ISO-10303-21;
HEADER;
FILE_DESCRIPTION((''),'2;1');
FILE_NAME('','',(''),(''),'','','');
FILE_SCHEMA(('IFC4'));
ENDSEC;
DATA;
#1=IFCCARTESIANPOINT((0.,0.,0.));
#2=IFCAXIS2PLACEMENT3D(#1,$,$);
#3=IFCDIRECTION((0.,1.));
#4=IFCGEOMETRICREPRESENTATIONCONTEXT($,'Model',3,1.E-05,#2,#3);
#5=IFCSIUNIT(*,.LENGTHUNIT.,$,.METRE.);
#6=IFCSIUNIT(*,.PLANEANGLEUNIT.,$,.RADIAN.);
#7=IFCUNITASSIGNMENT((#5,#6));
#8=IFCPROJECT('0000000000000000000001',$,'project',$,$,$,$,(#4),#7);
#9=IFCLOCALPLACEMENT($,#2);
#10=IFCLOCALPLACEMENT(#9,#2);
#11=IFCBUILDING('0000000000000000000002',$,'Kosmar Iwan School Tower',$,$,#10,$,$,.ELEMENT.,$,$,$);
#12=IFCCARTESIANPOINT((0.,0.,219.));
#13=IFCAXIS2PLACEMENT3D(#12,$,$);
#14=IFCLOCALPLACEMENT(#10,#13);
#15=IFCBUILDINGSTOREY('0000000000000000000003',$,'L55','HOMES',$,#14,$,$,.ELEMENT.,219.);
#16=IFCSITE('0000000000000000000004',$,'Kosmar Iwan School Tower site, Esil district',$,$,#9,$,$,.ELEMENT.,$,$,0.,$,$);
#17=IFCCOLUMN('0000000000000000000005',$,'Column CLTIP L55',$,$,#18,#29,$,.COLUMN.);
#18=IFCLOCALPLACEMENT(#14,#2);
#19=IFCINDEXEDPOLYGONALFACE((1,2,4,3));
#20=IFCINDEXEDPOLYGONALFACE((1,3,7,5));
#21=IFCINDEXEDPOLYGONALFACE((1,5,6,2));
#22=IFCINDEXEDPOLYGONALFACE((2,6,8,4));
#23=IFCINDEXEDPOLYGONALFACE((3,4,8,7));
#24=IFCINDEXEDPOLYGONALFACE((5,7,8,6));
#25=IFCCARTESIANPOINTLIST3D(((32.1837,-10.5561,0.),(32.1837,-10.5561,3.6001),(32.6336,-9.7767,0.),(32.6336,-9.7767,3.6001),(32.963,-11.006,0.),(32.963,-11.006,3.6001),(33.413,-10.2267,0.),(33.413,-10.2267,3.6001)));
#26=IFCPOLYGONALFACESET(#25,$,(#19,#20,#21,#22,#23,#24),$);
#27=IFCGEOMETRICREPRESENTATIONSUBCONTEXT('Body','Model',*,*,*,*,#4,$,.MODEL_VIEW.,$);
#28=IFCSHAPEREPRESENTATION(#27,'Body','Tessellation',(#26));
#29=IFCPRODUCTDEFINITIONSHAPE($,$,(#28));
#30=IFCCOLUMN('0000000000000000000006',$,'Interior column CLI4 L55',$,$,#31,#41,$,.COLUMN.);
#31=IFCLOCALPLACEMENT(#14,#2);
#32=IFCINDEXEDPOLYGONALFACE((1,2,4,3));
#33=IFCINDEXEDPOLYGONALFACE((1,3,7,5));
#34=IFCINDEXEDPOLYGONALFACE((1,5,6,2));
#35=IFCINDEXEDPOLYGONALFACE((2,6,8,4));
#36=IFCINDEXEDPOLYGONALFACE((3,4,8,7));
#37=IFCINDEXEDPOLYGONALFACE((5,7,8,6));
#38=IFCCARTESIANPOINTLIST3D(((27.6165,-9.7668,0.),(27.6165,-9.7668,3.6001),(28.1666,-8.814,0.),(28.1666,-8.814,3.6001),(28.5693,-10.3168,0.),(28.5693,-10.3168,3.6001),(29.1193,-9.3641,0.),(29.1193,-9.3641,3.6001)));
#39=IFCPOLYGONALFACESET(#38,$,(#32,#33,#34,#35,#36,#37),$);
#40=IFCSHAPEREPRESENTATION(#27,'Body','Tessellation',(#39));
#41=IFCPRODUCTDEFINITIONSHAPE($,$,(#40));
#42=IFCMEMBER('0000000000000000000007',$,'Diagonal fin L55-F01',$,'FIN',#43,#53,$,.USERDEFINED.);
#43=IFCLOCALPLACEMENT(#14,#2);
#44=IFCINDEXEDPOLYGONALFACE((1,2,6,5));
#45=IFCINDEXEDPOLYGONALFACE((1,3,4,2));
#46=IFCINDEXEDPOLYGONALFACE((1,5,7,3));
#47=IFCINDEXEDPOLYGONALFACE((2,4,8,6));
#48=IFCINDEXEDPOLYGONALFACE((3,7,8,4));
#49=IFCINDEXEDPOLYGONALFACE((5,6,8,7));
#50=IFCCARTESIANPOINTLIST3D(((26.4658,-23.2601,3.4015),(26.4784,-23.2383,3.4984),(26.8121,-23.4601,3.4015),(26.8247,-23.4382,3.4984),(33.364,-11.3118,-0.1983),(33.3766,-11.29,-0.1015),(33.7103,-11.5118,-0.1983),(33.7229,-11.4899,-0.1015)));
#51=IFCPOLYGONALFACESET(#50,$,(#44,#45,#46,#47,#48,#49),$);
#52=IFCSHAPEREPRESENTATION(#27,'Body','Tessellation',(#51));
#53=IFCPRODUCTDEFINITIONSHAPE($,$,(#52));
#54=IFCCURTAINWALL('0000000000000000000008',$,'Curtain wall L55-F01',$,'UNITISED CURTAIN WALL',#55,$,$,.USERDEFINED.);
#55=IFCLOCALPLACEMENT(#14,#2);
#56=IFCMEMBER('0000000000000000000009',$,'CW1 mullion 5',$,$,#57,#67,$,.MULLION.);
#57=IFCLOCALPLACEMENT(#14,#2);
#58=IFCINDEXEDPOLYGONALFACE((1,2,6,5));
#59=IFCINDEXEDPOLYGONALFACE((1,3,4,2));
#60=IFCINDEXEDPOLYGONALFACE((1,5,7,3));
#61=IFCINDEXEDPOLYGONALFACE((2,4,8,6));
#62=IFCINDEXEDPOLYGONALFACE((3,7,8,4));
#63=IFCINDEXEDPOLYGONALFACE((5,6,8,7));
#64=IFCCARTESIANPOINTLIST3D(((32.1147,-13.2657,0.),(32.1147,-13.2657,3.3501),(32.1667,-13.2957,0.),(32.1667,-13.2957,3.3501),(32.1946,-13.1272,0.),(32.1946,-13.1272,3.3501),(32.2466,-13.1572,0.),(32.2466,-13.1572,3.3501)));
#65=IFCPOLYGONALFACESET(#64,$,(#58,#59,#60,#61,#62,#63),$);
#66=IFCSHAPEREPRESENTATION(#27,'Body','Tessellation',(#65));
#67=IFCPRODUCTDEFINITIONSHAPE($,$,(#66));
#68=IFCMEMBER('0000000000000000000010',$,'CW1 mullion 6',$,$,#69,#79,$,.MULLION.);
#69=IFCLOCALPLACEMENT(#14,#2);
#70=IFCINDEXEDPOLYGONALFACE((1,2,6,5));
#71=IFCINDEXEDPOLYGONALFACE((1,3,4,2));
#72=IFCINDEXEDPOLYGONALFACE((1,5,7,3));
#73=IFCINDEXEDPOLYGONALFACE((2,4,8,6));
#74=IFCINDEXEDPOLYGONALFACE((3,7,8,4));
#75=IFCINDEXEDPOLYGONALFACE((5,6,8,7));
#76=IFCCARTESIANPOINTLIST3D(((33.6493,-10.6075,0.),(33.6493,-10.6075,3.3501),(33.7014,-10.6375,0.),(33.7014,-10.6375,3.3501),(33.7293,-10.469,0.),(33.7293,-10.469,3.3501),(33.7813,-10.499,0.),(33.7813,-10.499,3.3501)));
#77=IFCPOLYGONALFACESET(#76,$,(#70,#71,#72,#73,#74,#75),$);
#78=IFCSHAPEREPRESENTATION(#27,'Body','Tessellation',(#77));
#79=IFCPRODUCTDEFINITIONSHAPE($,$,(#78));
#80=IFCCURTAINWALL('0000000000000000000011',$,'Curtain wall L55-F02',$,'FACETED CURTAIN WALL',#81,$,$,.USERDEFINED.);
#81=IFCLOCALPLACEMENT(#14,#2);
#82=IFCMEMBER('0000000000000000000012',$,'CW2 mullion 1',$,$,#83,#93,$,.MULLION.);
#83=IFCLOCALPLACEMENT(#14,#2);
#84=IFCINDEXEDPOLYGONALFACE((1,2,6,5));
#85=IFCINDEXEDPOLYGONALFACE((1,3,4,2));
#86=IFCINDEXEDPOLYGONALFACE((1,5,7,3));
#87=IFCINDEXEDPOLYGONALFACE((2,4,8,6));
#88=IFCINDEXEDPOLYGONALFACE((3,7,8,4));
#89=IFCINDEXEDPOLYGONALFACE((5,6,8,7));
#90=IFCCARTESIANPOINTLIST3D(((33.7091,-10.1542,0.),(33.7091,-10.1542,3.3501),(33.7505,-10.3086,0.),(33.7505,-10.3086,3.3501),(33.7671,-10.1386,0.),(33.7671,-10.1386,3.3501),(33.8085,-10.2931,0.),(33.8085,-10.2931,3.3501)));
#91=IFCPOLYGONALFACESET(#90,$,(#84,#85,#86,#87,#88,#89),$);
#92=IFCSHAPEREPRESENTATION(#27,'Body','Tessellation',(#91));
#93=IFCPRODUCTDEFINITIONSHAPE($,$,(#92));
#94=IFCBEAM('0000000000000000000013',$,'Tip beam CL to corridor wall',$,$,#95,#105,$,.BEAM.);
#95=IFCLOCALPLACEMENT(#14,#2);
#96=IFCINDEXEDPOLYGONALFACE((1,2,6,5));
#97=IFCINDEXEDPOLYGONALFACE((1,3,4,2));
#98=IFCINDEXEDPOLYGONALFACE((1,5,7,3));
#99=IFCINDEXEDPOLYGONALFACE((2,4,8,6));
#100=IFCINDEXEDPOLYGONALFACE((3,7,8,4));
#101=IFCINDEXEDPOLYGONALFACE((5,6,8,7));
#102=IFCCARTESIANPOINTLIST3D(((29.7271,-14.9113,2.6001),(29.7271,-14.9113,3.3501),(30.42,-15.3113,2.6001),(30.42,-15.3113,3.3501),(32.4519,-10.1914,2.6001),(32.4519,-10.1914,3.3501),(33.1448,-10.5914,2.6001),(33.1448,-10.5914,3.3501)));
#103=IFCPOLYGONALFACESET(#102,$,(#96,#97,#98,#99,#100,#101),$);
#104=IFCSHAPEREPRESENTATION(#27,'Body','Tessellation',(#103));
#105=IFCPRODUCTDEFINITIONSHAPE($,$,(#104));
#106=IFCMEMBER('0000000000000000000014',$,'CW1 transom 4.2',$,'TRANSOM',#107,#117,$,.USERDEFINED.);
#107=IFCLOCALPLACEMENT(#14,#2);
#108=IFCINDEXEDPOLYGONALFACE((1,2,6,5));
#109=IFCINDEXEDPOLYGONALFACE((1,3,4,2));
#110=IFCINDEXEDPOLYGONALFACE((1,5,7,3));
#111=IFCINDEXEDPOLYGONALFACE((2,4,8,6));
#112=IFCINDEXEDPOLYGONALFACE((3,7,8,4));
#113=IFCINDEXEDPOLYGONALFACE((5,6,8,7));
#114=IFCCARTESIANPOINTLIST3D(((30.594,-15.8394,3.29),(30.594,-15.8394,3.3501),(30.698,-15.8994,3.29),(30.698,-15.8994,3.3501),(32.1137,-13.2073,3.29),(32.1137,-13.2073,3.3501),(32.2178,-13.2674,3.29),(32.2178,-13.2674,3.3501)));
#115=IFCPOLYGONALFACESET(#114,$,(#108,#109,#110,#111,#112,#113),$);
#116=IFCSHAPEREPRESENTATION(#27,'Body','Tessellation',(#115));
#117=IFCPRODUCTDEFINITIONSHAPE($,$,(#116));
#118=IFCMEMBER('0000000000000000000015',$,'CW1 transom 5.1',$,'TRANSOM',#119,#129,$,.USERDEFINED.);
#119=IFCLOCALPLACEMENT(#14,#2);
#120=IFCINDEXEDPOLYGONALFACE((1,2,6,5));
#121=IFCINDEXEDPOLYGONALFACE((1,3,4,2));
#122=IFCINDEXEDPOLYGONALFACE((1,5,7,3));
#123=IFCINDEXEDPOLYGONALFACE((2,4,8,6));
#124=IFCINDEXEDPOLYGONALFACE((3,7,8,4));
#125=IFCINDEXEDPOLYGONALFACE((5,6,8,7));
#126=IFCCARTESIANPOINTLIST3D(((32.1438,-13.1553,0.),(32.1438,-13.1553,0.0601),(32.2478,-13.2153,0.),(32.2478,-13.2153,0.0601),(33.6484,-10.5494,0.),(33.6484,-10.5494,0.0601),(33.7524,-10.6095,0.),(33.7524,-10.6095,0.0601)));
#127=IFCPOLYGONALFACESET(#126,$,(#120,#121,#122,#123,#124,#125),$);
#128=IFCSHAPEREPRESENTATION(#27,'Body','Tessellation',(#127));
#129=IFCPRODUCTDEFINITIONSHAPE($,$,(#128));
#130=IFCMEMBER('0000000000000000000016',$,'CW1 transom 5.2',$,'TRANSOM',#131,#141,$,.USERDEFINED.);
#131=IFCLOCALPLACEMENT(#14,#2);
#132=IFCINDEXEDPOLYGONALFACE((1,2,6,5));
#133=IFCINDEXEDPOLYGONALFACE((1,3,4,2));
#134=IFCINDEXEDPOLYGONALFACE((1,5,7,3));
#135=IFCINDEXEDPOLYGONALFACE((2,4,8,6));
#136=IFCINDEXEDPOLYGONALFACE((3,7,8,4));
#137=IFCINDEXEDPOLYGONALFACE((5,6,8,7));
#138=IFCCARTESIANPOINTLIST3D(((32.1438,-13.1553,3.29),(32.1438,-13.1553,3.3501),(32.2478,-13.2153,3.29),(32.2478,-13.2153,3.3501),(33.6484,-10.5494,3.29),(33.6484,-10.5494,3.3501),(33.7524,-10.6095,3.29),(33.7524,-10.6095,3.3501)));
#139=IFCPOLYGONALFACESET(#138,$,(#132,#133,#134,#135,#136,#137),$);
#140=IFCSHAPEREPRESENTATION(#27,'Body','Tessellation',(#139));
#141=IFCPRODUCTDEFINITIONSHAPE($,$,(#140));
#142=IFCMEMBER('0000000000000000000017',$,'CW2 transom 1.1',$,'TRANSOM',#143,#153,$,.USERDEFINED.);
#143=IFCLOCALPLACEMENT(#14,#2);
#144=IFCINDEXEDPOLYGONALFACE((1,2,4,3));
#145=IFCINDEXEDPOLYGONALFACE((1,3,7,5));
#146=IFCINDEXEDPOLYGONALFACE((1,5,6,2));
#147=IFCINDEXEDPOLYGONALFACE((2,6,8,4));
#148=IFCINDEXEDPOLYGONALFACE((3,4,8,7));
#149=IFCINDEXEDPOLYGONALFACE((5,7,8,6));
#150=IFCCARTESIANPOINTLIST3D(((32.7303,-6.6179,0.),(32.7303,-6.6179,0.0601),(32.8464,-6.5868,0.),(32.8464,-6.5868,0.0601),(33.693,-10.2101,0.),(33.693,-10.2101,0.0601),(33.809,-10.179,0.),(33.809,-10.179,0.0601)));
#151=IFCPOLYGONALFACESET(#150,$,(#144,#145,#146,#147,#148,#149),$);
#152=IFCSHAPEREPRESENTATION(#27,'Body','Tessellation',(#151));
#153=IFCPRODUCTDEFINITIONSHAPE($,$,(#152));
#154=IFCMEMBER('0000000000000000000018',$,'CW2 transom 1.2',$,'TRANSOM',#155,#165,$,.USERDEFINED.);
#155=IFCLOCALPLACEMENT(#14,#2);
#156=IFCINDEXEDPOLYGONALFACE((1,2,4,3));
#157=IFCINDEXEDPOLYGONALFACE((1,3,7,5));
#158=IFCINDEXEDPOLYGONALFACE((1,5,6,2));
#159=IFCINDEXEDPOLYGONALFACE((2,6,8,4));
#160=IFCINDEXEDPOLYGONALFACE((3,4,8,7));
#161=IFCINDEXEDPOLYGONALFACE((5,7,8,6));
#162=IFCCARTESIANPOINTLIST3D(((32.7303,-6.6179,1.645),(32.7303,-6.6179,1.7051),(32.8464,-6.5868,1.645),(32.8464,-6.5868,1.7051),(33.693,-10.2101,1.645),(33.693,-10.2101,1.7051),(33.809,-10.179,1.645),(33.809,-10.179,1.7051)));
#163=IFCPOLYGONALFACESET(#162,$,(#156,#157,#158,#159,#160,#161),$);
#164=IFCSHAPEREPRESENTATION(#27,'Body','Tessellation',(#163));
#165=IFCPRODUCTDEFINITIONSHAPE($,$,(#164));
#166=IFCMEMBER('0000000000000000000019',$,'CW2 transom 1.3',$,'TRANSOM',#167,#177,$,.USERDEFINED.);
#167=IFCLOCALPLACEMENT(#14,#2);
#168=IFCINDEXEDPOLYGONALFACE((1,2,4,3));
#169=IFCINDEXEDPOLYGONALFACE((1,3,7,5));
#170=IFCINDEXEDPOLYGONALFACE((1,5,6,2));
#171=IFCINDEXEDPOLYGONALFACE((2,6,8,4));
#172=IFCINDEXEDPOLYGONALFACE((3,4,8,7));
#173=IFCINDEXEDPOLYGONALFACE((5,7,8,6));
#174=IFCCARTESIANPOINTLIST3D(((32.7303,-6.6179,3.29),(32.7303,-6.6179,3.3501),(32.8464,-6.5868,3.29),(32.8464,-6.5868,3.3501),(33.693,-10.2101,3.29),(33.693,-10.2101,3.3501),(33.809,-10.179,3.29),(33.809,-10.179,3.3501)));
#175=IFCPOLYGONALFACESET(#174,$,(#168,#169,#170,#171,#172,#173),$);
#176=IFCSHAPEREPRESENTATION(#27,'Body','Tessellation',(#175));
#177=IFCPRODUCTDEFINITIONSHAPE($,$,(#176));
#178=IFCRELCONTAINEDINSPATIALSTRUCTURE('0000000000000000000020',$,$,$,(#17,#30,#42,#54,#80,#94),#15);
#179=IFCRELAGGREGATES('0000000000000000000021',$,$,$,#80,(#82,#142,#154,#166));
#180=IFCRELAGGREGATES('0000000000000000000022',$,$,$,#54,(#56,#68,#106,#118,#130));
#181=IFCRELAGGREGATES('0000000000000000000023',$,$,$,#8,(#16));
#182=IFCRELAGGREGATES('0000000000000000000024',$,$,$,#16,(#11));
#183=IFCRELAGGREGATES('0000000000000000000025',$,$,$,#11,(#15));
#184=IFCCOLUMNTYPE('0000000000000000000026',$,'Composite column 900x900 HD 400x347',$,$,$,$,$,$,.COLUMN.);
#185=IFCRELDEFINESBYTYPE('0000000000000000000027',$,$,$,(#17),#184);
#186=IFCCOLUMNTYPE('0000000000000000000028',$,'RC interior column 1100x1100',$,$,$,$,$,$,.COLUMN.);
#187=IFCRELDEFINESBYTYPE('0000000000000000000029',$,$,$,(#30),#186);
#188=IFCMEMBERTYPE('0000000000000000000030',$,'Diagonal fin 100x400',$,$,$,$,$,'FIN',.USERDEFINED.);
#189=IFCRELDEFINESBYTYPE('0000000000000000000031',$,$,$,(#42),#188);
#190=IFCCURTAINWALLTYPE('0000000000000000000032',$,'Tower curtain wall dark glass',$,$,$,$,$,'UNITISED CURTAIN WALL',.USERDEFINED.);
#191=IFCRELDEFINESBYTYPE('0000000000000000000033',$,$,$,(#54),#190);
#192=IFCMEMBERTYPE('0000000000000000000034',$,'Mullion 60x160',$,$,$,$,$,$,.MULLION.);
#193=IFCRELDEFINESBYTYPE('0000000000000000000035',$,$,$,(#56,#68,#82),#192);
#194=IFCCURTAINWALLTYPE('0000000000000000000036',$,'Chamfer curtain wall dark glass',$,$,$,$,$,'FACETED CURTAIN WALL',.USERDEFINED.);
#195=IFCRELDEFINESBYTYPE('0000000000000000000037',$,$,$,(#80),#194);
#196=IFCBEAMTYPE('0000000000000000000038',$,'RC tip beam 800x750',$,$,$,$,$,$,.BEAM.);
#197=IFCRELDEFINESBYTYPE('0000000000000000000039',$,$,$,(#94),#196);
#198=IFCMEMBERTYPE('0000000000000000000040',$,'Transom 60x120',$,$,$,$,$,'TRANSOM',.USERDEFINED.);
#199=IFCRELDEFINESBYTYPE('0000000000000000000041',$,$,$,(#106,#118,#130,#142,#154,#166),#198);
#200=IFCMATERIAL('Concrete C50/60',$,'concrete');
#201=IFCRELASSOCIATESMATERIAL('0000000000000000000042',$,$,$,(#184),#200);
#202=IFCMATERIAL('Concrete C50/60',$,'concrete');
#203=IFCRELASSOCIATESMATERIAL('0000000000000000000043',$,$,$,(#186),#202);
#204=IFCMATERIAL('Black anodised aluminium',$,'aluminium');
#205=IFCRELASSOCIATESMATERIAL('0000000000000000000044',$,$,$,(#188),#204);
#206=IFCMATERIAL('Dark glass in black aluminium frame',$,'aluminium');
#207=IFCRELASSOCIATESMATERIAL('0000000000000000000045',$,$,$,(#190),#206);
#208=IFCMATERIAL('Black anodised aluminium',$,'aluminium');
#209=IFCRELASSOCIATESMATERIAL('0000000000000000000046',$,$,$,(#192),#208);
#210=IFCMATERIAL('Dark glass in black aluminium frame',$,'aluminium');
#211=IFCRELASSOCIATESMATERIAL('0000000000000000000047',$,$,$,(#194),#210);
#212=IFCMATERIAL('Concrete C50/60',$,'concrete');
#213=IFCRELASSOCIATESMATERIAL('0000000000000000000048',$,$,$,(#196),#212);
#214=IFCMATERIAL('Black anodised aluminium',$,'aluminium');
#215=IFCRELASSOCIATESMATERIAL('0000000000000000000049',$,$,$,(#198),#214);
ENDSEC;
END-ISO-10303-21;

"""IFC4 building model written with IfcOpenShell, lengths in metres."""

from ifc_helpers import new_model, si_unit, direction, frame, origin, origin_2d, place, context, subcontext, project, spatial, rectangle, extrude, material, material_profile, profile_set, type_object, element, aggregate, save


model = new_model("IFC4")

# Units and contexts
model_context = context("Model", 3, precision=1e-05, world=origin(), true_north=direction((0.0, 1.0)))
body_context = subcontext(model_context, "Body", "Model", "MODEL_VIEW")
ifc_project = project(units=[si_unit("LENGTHUNIT", "METRE"), si_unit("PLANEANGLEUNIT", "RADIAN")], contexts=[model_context])

# Site, building, storey
site_placement = place(None, origin())
site = spatial("IfcSite", under=ifc_project, at=site_placement, Name="Kosmar Iwan School Tower site, Esil district", CompositionType="ELEMENT", RefElevation=0.0)
building_placement = place(site_placement, origin())
building = spatial("IfcBuilding", under=site, at=building_placement, Name="Kosmar Iwan School Tower", CompositionType="ELEMENT")
storey_placement = place(building_placement, frame((0.0, 0.0, 219.0)))
storey = spatial("IfcBuildingStorey", under=building, at=storey_placement, Name="L55", Description="HOMES", CompositionType="ELEMENT", Elevation=219.0)

# Columns
ifc_material_1 = material(Name="Concrete C50/60", Category="concrete")
ifc_material_profile_1 = material_profile(ifc_material_1, rectangle(XDim=0.8999, YDim=0.8999, at=origin_2d()), Name="RC 900x900 + HD 400x347")
ifc_profile_set_1 = profile_set([ifc_material_profile_1], Name="Concrete C50/60")
column_type_1 = type_object("IfcColumnType", Name="Composite column 900x900 HD 400x347", PredefinedType="COLUMN", material=ifc_profile_set_1)
column_1_placement = place(storey_placement, frame((32.7983, -10.3914, 0.0), z_axis=(0.0, 0.0, 1.0), x_axis=(0.866025, -0.5, 0.0)))
element("IfcColumn", 1, at=column_1_placement, inside=storey, type_object=column_type_1, Name="Column CLTIP L55", PredefinedType="COLUMN", context=body_context, shape_type="SweptSolid", body=[
    extrude(rectangle(XDim=0.8999, YDim=0.8999, at=origin_2d()), origin(), (0.0, 0.0, 1.0), 3.6001),
])
ifc_material_2 = material(Name="Concrete C50/60", Category="concrete")
ifc_material_profile_2 = material_profile(ifc_material_2, rectangle(XDim=1.1001, YDim=1.1001, at=origin_2d()), Name="RC 1100x1100")
ifc_profile_set_2 = profile_set([ifc_material_profile_2], Name="Concrete C50/60")
column_type_2 = type_object("IfcColumnType", Name="RC interior column 1100x1100", PredefinedType="COLUMN", material=ifc_profile_set_2)
column_2_placement = place(storey_placement, frame((28.3679, -9.5654, 0.0), z_axis=(0.0, 0.0, 1.0), x_axis=(0.866025, -0.5, 0.0)))
element("IfcColumn", 2, at=column_2_placement, inside=storey, type_object=column_type_2, Name="Interior column CLI4 L55", PredefinedType="COLUMN", context=body_context, shape_type="SweptSolid", body=[
    extrude(rectangle(XDim=1.1001, YDim=1.1001, at=origin_2d()), origin(), (0.0, 0.0, 1.0), 3.6001),
])

# Member
ifc_material_3 = material(Name="Black anodised aluminium", Category="aluminium")
ifc_material_profile_3 = material_profile(ifc_material_3, rectangle(XDim=0.1001, YDim=0.3999, at=origin_2d()), Name="FIN 100x400")
ifc_profile_set_3 = profile_set([ifc_material_profile_3], Name="Black anodised aluminium")
member_type_1 = type_object("IfcMemberType", Name="Diagonal fin 100x400", ElementType="FIN", PredefinedType="USERDEFINED", material=ifc_profile_set_3)
member_1_placement = place(storey_placement, frame((33.5435, -11.4009, -0.1499), z_axis=(-0.483796, -0.837974, 0.252471), x_axis=(0.126234, 0.218647, 0.967604)))
element("IfcMember", 3, at=member_1_placement, inside=storey, type_object=member_type_1, Name="Diagonal fin L55-F01", ObjectType="FIN", PredefinedType="USERDEFINED", context=body_context, shape_type="SweptSolid", body=[
    extrude(rectangle(XDim=0.1001, YDim=0.3999, at=origin_2d()), origin(), (0.0, 0.0, 1.0), 14.2585),
])

# Curtain wall, members
ifc_material_4 = material(Name="Dark glass in black aluminium frame", Category="aluminium")
curtain_wall_type_1 = type_object("IfcCurtainWallType", Name="Tower curtain wall dark glass", ElementType="UNITISED CURTAIN WALL", PredefinedType="USERDEFINED", material=ifc_material_4)
curtain_wall_1_placement = place(storey_placement, origin())
curtain_wall_1 = element("IfcCurtainWall", 4, at=curtain_wall_1_placement, inside=storey, type_object=curtain_wall_type_1, Name="Curtain wall L55-F01", ObjectType="UNITISED CURTAIN WALL", PredefinedType="USERDEFINED")
ifc_material_5 = material(Name="Black anodised aluminium", Category="aluminium")
ifc_material_profile_4 = material_profile(ifc_material_5, rectangle(XDim=0.0601, YDim=0.1599, at=origin_2d()), Name="MULLION 60x160")
ifc_profile_set_4 = profile_set([ifc_material_profile_4], Name="Black anodised aluminium")
member_type_2 = type_object("IfcMemberType", Name="Mullion 60x160", PredefinedType="MULLION", material=ifc_profile_set_4)
member_2_placement = place(storey_placement, frame((32.1807, -13.2114, 0.0), z_axis=(0.0, 0.0, 1.0), x_axis=(-0.866025, 0.5, 0.0)))
member_2 = element("IfcMember", 5, at=member_2_placement, type_object=member_type_2, Name="CW1 mullion 5", PredefinedType="MULLION", context=body_context, shape_type="SweptSolid", body=[
    extrude(rectangle(XDim=0.0601, YDim=0.1599, at=origin_2d()), origin(), (0.0, 0.0, 1.0), 3.3501),
])
member_3_placement = place(storey_placement, frame((33.7153, -10.5532, 0.0), z_axis=(0.0, 0.0, 1.0), x_axis=(-0.866025, 0.5, 0.0)))
member_3 = element("IfcMember", 6, at=member_3_placement, type_object=member_type_2, Name="CW1 mullion 6", PredefinedType="MULLION", context=body_context, shape_type="SweptSolid", body=[
    extrude(rectangle(XDim=0.0601, YDim=0.1599, at=origin_2d()), origin(), (0.0, 0.0, 1.0), 3.3501),
])

# Curtain wall, member
ifc_material_6 = material(Name="Dark glass in black aluminium frame", Category="aluminium")
curtain_wall_type_2 = type_object("IfcCurtainWallType", Name="Chamfer curtain wall dark glass", ElementType="FACETED CURTAIN WALL", PredefinedType="USERDEFINED", material=ifc_material_6)
curtain_wall_2_placement = place(storey_placement, origin())
curtain_wall_2 = element("IfcCurtainWall", 7, at=curtain_wall_2_placement, inside=storey, type_object=curtain_wall_type_2, Name="Curtain wall L55-F02", ObjectType="FACETED CURTAIN WALL", PredefinedType="USERDEFINED")
member_4_placement = place(storey_placement, frame((33.7588, -10.2236, 0.0), z_axis=(0.0, 0.0, 1.0), x_axis=(-0.965926, -0.258819, 0.0)))
member_4 = element("IfcMember", 8, at=member_4_placement, type_object=member_type_2, Name="CW2 mullion 1", PredefinedType="MULLION", context=body_context, shape_type="SweptSolid", body=[
    extrude(rectangle(XDim=0.0601, YDim=0.1599, at=origin_2d()), origin(), (0.0, 0.0, 1.0), 3.3501),
])

# Beam
ifc_material_7 = material(Name="Concrete C50/60", Category="concrete")
ifc_material_profile_5 = material_profile(ifc_material_7, rectangle(XDim=0.8, YDim=0.75, at=origin_2d()), Name="RC 800x750")
ifc_profile_set_5 = profile_set([ifc_material_profile_5], Name="Concrete C50/60")
beam_type = type_object("IfcBeamType", Name="RC tip beam 800x750", PredefinedType="BEAM", material=ifc_profile_set_5)
beam_placement = place(storey_placement, frame((32.7983, -10.3914, 2.9751), z_axis=(-0.499969, -0.866043, 0.0), x_axis=(0.866043, -0.499969, 0.0)))
element("IfcBeam", 9, at=beam_placement, inside=storey, type_object=beam_type, Name="Tip beam CL to corridor wall", PredefinedType="BEAM", context=body_context, shape_type="SweptSolid", body=[
    extrude(rectangle(XDim=0.8, YDim=0.75, at=origin_2d()), origin(), (0.0, 0.0, 1.0), 5.45),
])

# Members
ifc_material_8 = material(Name="Black anodised aluminium", Category="aluminium")
ifc_material_profile_6 = material_profile(ifc_material_8, rectangle(XDim=0.1201, YDim=0.0601, at=origin_2d()), Name="TRANSOM 60x120")
ifc_profile_set_6 = profile_set([ifc_material_profile_6], Name="Black anodised aluminium")
member_type_3 = type_object("IfcMemberType", Name="Transom 60x120", ElementType="TRANSOM", PredefinedType="USERDEFINED", material=ifc_profile_set_6)
member_5_placement = place(storey_placement, frame((30.646, -15.8694, 3.3201), z_axis=(0.500035, 0.866005, 0.0), x_axis=(-0.866005, 0.500035, 0.0)))
member_5 = element("IfcMember", 10, at=member_5_placement, type_object=member_type_3, Name="CW1 transom 4.2", ObjectType="TRANSOM", PredefinedType="USERDEFINED", context=body_context, shape_type="SweptSolid", body=[
    extrude(rectangle(XDim=0.1201, YDim=0.0601, at=origin_2d()), origin(), (0.0, 0.0, 1.0), 3.0393),
])
member_6_placement = place(storey_placement, frame((32.1958, -13.1853, 0.03), z_axis=(0.500022, 0.866013, 0.0), x_axis=(-0.866013, 0.500022, 0.0)))
member_6 = element("IfcMember", 11, at=member_6_placement, type_object=member_type_3, Name="CW1 transom 5.1", ObjectType="TRANSOM", PredefinedType="USERDEFINED", context=body_context, shape_type="SweptSolid", body=[
    extrude(rectangle(XDim=0.1201, YDim=0.0601, at=origin_2d()), origin(), (0.0, 0.0, 1.0), 3.009),
])
member_7_placement = place(storey_placement, frame((32.1958, -13.1853, 3.3201), z_axis=(0.500022, 0.866013, 0.0), x_axis=(-0.866013, 0.500022, 0.0)))
member_7 = element("IfcMember", 12, at=member_7_placement, type_object=member_type_3, Name="CW1 transom 5.2", ObjectType="TRANSOM", PredefinedType="USERDEFINED", context=body_context, shape_type="SweptSolid", body=[
    extrude(rectangle(XDim=0.1201, YDim=0.0601, at=origin_2d()), origin(), (0.0, 0.0, 1.0), 3.009),
])
member_8_placement = place(storey_placement, frame((33.751, -10.1946, 0.03), z_axis=(-0.258843, 0.965919, 0.0), x_axis=(-0.965919, -0.258843, 0.0)))
member_8 = element("IfcMember", 13, at=member_8_placement, type_object=member_type_3, Name="CW2 transom 1.1", ObjectType="TRANSOM", PredefinedType="USERDEFINED", context=body_context, shape_type="SweptSolid", body=[
    extrude(rectangle(XDim=0.1201, YDim=0.0601, at=origin_2d()), origin(), (0.0, 0.0, 1.0), 3.719),
])
member_9_placement = place(storey_placement, frame((33.751, -10.1946, 1.675), z_axis=(-0.258843, 0.965919, 0.0), x_axis=(-0.965919, -0.258843, 0.0)))
member_9 = element("IfcMember", 14, at=member_9_placement, type_object=member_type_3, Name="CW2 transom 1.2", ObjectType="TRANSOM", PredefinedType="USERDEFINED", context=body_context, shape_type="SweptSolid", body=[
    extrude(rectangle(XDim=0.1201, YDim=0.0601, at=origin_2d()), origin(), (0.0, 0.0, 1.0), 3.719),
])
member_10_placement = place(storey_placement, frame((33.751, -10.1946, 3.3201), z_axis=(-0.258843, 0.965919, 0.0), x_axis=(-0.965919, -0.258843, 0.0)))
member_10 = element("IfcMember", 15, at=member_10_placement, type_object=member_type_3, Name="CW2 transom 1.3", ObjectType="TRANSOM", PredefinedType="USERDEFINED", context=body_context, shape_type="SweptSolid", body=[
    extrude(rectangle(XDim=0.1201, YDim=0.0601, at=origin_2d()), origin(), (0.0, 0.0, 1.0), 3.719),
])
aggregate(curtain_wall_2, [member_4, member_8, member_9, member_10])

aggregate(curtain_wall_1, [member_2, member_3, member_5, member_6, member_7])

save(model, "model.ifc")
